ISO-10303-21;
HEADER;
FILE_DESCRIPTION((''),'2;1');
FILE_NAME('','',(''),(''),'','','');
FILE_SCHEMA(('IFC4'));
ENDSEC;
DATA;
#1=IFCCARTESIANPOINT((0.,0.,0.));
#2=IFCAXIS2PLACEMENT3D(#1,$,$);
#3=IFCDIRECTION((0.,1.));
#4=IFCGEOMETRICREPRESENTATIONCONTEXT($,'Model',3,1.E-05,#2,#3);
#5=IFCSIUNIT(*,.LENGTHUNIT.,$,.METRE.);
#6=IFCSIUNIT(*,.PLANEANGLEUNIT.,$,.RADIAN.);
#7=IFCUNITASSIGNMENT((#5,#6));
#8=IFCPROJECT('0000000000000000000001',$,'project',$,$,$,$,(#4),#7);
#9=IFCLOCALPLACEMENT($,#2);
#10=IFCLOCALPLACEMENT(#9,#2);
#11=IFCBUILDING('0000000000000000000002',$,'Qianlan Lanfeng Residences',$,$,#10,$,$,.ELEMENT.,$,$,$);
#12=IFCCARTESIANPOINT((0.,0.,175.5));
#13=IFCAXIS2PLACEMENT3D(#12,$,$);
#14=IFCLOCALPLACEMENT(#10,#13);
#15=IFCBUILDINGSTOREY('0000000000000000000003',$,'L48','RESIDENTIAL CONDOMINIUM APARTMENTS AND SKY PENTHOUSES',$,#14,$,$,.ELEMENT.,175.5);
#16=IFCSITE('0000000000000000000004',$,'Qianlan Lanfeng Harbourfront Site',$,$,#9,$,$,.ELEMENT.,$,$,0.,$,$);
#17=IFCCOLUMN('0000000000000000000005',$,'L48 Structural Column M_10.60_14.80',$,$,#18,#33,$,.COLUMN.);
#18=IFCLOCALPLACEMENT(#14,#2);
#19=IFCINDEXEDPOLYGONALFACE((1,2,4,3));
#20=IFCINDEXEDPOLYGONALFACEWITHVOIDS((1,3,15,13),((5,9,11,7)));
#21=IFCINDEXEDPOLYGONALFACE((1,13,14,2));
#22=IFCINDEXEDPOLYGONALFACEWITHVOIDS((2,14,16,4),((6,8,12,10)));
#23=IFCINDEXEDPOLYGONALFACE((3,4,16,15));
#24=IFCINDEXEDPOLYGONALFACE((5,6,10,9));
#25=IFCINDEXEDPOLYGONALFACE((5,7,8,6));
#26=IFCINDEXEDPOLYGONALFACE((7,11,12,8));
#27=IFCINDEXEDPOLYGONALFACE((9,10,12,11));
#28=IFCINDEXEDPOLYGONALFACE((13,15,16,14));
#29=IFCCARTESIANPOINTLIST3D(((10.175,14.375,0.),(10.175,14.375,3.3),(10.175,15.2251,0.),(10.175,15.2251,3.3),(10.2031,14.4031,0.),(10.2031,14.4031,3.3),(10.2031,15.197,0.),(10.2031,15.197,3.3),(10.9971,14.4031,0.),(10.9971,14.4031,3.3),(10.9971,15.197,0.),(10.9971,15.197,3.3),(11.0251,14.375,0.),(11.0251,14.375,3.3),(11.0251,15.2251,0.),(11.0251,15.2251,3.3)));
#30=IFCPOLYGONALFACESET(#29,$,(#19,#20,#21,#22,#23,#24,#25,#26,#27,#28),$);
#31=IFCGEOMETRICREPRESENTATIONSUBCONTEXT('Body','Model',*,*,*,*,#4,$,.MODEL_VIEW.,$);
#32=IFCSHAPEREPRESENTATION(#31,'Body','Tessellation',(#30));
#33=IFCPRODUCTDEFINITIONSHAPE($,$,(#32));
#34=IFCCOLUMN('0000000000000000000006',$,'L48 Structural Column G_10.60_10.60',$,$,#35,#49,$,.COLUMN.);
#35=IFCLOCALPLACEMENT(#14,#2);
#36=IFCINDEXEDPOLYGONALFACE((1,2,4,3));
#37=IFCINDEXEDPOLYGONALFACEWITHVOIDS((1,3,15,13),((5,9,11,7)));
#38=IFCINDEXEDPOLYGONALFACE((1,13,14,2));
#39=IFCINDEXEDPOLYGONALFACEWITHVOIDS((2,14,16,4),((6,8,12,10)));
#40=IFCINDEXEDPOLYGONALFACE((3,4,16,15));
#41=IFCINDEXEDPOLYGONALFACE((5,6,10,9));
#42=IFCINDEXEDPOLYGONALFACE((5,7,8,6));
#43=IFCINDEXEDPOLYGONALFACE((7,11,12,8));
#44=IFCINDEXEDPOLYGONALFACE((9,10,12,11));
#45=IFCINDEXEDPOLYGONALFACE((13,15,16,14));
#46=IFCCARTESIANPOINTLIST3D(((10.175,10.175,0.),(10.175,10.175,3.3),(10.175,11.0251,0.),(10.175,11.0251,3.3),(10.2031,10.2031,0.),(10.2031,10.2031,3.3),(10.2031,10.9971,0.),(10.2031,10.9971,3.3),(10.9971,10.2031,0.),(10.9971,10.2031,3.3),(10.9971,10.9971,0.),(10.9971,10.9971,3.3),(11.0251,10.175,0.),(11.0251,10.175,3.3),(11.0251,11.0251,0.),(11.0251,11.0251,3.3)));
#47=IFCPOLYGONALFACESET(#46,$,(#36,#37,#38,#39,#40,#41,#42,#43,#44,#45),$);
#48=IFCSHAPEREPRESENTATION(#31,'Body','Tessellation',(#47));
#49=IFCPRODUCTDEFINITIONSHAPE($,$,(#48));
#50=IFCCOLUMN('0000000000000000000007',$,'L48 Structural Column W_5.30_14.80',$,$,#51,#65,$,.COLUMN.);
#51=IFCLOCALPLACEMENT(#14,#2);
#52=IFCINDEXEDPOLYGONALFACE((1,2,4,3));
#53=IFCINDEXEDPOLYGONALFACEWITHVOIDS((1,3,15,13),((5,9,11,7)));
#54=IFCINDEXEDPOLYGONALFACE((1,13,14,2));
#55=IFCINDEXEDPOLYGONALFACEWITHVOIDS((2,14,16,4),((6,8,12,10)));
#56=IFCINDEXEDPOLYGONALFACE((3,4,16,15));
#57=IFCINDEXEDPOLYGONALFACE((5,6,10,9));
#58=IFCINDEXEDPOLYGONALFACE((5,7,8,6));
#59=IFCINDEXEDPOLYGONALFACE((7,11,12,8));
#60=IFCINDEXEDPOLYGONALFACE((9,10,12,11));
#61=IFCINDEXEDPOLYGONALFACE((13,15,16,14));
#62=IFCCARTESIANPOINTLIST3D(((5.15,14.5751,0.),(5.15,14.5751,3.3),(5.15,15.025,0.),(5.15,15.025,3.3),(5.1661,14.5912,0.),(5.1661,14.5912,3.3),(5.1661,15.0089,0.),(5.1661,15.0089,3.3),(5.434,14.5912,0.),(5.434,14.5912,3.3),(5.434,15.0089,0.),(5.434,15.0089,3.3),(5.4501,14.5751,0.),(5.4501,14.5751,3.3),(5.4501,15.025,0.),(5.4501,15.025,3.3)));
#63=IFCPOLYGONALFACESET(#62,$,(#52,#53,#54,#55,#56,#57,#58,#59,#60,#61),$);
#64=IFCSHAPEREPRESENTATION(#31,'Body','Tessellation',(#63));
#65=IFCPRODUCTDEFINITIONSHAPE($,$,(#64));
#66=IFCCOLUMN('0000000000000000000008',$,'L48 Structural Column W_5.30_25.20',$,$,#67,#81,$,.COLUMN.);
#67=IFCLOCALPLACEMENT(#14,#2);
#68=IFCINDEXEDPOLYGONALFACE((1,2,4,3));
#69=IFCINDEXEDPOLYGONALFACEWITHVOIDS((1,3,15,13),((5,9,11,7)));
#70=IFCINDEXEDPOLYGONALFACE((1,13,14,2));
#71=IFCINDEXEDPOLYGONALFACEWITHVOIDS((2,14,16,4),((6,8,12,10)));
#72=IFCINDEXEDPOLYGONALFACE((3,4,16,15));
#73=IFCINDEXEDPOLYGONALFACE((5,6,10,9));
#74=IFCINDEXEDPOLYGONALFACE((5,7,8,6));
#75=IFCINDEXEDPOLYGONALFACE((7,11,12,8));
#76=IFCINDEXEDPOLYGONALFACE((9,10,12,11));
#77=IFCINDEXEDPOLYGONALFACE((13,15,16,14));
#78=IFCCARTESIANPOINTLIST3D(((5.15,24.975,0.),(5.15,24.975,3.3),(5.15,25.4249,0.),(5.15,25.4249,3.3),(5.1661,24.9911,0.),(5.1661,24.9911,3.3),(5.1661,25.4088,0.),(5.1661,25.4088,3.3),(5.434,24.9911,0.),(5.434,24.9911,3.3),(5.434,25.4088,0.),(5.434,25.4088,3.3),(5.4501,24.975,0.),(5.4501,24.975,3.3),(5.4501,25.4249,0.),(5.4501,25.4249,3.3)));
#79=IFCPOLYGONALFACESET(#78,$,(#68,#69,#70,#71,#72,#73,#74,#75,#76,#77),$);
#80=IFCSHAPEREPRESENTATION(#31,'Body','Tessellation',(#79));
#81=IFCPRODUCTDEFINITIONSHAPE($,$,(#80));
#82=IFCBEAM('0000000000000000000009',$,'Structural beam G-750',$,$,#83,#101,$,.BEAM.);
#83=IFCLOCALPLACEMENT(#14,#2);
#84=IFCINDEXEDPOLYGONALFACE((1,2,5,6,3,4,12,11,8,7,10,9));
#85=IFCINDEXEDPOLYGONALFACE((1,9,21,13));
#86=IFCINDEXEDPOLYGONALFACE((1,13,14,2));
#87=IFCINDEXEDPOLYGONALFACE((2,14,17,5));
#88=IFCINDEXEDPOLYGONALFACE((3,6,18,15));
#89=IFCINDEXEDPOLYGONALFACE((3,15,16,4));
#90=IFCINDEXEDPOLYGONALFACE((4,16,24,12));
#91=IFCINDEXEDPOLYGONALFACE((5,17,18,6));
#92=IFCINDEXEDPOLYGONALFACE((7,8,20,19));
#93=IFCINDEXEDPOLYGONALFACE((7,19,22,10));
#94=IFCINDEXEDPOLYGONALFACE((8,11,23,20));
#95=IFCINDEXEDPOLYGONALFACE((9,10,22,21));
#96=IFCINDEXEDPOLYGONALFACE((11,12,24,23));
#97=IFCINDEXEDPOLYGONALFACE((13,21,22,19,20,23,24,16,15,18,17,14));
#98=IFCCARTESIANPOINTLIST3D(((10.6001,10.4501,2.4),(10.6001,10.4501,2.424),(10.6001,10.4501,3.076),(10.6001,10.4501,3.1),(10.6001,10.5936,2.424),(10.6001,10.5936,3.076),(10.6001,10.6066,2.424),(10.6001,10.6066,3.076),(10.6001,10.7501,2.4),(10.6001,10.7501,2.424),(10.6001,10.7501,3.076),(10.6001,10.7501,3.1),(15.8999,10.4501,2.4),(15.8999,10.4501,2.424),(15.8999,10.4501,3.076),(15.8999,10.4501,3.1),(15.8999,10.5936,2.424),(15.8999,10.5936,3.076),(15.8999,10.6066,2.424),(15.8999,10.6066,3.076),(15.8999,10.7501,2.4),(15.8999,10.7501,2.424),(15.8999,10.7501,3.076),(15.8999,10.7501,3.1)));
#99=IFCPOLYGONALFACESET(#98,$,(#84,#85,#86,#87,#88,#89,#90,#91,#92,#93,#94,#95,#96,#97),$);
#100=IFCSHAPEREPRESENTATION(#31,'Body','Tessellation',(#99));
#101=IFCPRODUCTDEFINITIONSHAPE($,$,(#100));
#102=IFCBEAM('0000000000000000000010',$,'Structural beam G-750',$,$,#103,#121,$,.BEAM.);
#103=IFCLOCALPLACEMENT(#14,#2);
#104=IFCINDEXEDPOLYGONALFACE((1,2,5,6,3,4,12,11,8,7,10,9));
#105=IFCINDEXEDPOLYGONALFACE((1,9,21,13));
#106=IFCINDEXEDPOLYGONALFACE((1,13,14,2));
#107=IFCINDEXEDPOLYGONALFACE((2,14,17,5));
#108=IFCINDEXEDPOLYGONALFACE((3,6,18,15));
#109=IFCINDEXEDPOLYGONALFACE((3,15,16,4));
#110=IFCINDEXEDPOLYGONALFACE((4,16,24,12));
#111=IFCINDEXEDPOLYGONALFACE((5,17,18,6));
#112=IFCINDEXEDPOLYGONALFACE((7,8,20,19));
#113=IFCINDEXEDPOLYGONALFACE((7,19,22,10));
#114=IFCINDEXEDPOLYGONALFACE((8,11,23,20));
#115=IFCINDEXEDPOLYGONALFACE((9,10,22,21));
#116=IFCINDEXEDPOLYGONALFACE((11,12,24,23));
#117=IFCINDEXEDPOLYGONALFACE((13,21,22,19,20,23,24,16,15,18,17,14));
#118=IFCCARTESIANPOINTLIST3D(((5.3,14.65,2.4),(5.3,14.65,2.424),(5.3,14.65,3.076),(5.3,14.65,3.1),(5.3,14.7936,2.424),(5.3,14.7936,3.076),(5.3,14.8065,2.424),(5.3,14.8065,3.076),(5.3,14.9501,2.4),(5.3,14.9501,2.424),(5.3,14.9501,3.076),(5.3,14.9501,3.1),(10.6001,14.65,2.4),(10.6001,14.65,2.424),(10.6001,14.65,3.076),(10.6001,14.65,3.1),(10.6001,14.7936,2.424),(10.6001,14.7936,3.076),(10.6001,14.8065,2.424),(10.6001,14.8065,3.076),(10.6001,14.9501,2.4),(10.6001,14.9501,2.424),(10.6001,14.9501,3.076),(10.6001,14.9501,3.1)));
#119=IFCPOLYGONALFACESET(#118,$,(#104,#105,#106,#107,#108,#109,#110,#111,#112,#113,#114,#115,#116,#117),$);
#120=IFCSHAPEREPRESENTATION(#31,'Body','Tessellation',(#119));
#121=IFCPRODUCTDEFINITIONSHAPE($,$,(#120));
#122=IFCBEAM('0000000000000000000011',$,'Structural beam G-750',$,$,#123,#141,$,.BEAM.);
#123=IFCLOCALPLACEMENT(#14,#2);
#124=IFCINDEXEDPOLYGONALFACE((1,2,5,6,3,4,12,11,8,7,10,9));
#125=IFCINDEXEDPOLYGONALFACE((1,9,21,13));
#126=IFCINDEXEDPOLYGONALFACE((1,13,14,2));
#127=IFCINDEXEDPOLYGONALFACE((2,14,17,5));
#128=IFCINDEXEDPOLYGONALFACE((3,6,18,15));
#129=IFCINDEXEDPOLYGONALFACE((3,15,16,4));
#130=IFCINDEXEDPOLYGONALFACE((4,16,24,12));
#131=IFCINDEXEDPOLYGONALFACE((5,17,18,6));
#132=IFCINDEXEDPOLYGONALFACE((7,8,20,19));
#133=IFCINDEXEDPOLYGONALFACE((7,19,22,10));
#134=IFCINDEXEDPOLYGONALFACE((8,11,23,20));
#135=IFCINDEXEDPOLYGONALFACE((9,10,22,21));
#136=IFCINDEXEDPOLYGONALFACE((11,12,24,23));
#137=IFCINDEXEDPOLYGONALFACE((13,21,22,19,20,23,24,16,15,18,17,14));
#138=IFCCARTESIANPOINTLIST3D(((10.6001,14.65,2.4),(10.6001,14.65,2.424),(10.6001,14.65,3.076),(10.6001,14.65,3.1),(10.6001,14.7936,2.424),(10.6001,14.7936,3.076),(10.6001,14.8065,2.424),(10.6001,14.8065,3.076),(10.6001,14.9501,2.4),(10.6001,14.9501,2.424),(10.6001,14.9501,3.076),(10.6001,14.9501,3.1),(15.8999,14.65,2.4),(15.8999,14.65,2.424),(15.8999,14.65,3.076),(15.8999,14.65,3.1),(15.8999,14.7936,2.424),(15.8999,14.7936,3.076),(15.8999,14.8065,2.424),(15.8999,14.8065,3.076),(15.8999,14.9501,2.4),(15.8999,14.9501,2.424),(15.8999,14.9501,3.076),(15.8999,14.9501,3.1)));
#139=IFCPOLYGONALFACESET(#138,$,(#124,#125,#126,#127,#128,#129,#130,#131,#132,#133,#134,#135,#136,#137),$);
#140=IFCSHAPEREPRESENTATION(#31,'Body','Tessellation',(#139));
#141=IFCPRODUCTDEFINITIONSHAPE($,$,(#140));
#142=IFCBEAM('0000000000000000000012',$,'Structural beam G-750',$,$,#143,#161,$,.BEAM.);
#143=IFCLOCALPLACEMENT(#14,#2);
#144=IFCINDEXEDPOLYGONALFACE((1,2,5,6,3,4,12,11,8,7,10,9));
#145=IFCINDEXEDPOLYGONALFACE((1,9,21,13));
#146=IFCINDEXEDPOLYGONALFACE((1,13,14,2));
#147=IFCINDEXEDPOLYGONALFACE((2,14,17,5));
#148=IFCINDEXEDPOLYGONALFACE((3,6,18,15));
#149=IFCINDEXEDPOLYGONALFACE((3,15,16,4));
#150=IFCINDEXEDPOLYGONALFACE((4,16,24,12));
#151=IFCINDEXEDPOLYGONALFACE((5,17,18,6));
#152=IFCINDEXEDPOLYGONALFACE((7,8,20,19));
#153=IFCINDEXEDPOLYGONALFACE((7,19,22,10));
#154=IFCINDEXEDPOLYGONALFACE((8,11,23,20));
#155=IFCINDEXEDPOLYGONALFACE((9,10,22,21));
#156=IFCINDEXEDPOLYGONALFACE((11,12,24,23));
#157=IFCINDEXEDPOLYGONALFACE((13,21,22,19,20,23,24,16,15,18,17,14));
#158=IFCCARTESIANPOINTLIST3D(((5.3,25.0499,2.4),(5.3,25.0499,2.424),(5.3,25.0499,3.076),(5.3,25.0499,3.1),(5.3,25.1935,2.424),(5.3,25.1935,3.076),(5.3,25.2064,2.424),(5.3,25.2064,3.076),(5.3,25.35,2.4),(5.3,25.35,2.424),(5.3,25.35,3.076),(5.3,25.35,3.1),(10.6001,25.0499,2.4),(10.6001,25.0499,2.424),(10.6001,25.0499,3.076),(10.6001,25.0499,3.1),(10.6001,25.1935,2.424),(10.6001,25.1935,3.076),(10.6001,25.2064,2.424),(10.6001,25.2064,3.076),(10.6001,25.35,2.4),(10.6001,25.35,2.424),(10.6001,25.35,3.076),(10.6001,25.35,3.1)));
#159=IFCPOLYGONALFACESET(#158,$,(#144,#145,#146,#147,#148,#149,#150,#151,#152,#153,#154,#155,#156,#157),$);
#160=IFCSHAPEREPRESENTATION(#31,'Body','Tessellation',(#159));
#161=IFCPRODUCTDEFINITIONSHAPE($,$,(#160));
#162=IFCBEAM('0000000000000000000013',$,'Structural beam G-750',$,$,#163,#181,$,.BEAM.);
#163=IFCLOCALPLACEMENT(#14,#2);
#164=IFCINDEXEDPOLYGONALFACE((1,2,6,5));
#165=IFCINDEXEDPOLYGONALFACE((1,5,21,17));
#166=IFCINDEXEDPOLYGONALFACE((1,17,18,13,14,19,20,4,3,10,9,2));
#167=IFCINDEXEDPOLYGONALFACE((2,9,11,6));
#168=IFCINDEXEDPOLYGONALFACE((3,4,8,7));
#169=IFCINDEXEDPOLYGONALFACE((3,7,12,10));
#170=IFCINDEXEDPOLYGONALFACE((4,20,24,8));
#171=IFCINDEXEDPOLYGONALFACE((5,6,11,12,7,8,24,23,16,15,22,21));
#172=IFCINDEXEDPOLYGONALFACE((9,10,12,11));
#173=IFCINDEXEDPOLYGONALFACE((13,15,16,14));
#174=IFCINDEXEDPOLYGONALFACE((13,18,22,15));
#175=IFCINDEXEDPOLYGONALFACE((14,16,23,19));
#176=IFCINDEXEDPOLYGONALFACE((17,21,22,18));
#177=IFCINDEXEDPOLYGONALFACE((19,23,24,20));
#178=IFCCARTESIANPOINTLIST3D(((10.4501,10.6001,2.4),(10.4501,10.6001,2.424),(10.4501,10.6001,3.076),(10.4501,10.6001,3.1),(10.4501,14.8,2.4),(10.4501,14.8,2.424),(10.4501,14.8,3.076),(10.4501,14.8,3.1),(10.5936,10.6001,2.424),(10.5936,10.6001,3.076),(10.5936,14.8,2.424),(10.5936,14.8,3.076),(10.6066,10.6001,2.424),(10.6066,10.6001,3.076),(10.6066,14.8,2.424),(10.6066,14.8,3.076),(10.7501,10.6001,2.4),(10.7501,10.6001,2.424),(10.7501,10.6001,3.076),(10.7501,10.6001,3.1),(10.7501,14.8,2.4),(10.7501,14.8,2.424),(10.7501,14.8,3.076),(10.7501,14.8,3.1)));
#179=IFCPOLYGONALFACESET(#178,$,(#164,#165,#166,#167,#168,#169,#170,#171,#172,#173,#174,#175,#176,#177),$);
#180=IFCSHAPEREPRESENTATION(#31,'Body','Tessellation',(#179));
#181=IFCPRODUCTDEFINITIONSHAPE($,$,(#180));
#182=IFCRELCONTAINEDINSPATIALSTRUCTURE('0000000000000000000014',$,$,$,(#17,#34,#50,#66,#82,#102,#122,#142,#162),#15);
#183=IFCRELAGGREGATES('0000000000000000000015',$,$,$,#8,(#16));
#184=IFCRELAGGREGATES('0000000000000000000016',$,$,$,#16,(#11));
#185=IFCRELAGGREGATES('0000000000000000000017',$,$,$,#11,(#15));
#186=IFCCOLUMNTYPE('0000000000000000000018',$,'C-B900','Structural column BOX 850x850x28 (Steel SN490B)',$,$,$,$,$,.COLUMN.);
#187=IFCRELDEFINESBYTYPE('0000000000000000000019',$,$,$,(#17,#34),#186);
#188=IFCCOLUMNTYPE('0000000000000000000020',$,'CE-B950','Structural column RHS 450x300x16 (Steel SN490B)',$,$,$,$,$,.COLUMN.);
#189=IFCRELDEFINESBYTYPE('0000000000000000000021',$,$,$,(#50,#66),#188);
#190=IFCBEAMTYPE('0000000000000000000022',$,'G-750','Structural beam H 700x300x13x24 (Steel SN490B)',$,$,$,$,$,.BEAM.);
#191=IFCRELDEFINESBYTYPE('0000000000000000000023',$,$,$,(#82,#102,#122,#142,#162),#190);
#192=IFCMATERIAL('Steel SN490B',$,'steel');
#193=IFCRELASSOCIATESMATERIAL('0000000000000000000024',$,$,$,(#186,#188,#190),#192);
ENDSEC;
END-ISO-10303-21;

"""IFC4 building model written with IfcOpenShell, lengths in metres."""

from ifc_helpers import new_model, si_unit, direction, frame, origin, origin_2d, place, context, subcontext, project, spatial, hollow_rectangle, i_section, extrude, material, material_profile, profile_set, type_object, element, save


model = new_model("IFC4")

# Units and contexts
model_context = context("Model", 3, precision=1e-05, world=origin(), true_north=direction((0.0, 1.0)))
body_context = subcontext(model_context, "Body", "Model", "MODEL_VIEW")
ifc_project = project(units=[si_unit("LENGTHUNIT", "METRE"), si_unit("PLANEANGLEUNIT", "RADIAN")], contexts=[model_context])

# Site, building, storey
site_placement = place(None, origin())
site = spatial("IfcSite", under=ifc_project, at=site_placement, Name="Qianlan Lanfeng Harbourfront Site", CompositionType="ELEMENT", RefElevation=0.0)
building_placement = place(site_placement, origin())
building = spatial("IfcBuilding", under=site, at=building_placement, Name="Qianlan Lanfeng Residences", CompositionType="ELEMENT")
storey_placement = place(building_placement, frame((0.0, 0.0, 175.5)))
storey = spatial("IfcBuildingStorey", under=building, at=storey_placement, Name="L48", Description="RESIDENTIAL CONDOMINIUM APARTMENTS AND SKY PENTHOUSES", CompositionType="ELEMENT", Elevation=175.5)

# Columns
ifc_material_1 = material(Name="Steel SN490B", Category="steel")
ifc_material_profile_1 = material_profile(ifc_material_1, hollow_rectangle(XDim=0.8501, YDim=0.8501, WallThickness=0.0281, at=origin_2d()), Name="BOX 850x850x28")
ifc_profile_set_1 = profile_set([ifc_material_profile_1], Name="Steel SN490B")
column_type_1 = type_object("IfcColumnType", Name="C-B900", Description="Structural column BOX 850x850x28 (Steel SN490B)", PredefinedType="COLUMN", material=ifc_profile_set_1)
for number, where, z_axis, x_axis, name in (
    (1, (10.6001, 14.8, 0.0), (0.0, 0.0, 1.0), (1.0, 0.0, 0.0), "L48 Structural Column M_10.60_14.80"),
    (2, (10.6001, 10.6001, 0.0), (0.0, 0.0, 1.0), (1.0, 0.0, 0.0), "L48 Structural Column G_10.60_10.60"),
):
    element("IfcColumn", number, at=place(storey_placement, frame(where, z_axis=z_axis, x_axis=x_axis)), inside=storey, type_object=column_type_1, Name=name, PredefinedType="COLUMN", context=body_context, shape_type="SweptSolid", body=[
        extrude(hollow_rectangle(XDim=0.8501, YDim=0.8501, WallThickness=0.0281, at=origin_2d()), origin(), (0.0, 0.0, 1.0), 3.3),
    ])
ifc_material_profile_2 = material_profile(ifc_material_1, hollow_rectangle(XDim=0.3, YDim=0.45, WallThickness=0.0161, at=origin_2d()), Name="RHS 450x300x16")
ifc_profile_set_2 = profile_set([ifc_material_profile_2], Name="Steel SN490B")
column_type_2 = type_object("IfcColumnType", Name="CE-B950", Description="Structural column RHS 450x300x16 (Steel SN490B)", PredefinedType="COLUMN", material=ifc_profile_set_2)
for number, where, z_axis, x_axis, name in (
    (3, (5.3, 14.8, 0.0), (0.0, 0.0, 1.0), (1.0, 0.0, 0.0), "L48 Structural Column W_5.30_14.80"),
    (4, (5.3, 25.2, 0.0), (0.0, 0.0, 1.0), (1.0, 0.0, 0.0), "L48 Structural Column W_5.30_25.20"),
):
    element("IfcColumn", number, at=place(storey_placement, frame(where, z_axis=z_axis, x_axis=x_axis)), inside=storey, type_object=column_type_2, Name=name, PredefinedType="COLUMN", context=body_context, shape_type="SweptSolid", body=[
        extrude(hollow_rectangle(XDim=0.3, YDim=0.45, WallThickness=0.0161, at=origin_2d()), origin(), (0.0, 0.0, 1.0), 3.3),
    ])

# Beams
ifc_material_profile_3 = material_profile(ifc_material_1, i_section(OverallWidth=0.3, OverallDepth=0.7, WebThickness=0.0129, FlangeThickness=0.0239, at=origin_2d()), Name="H 700x300x13x24")
ifc_profile_set_3 = profile_set([ifc_material_profile_3], Name="Steel SN490B")
beam_type_1 = type_object("IfcBeamType", Name="G-750", Description="Structural beam H 700x300x13x24 (Steel SN490B)", PredefinedType="BEAM", material=ifc_profile_set_3)
beam_1_placement = place(storey_placement, frame((10.6001, 10.6001, 2.75), z_axis=(1.0, 0.0, 0.0), x_axis=(0.0, 1.0, 0.0)))
element("IfcBeam", 5, at=beam_1_placement, inside=storey, type_object=beam_type_1, Name="Structural beam G-750", PredefinedType="BEAM", context=body_context, shape_type="SweptSolid", body=[
    extrude(i_section(OverallWidth=0.3, OverallDepth=0.7, WebThickness=0.0129, FlangeThickness=0.0239, at=origin_2d()), origin(), (0.0, 0.0, 1.0), 5.2998),
])
beam_2_placement = place(storey_placement, frame((5.3, 14.8, 2.75), z_axis=(1.0, 0.0, 0.0), x_axis=(0.0, 1.0, 0.0)))
element("IfcBeam", 6, at=beam_2_placement, inside=storey, type_object=beam_type_1, Name="Structural beam G-750", PredefinedType="BEAM", context=body_context, shape_type="SweptSolid", body=[
    extrude(i_section(OverallWidth=0.3, OverallDepth=0.7, WebThickness=0.0129, FlangeThickness=0.0239, at=origin_2d()), origin(), (0.0, 0.0, 1.0), 5.3),
])
beam_3_placement = place(storey_placement, frame((10.6001, 14.8, 2.75), z_axis=(1.0, 0.0, 0.0), x_axis=(0.0, 1.0, 0.0)))
element("IfcBeam", 7, at=beam_3_placement, inside=storey, type_object=beam_type_1, Name="Structural beam G-750", PredefinedType="BEAM", context=body_context, shape_type="SweptSolid", body=[
    extrude(i_section(OverallWidth=0.3, OverallDepth=0.7, WebThickness=0.0129, FlangeThickness=0.0239, at=origin_2d()), origin(), (0.0, 0.0, 1.0), 5.2998),
])
beam_4_placement = place(storey_placement, frame((5.3, 25.2, 2.75), z_axis=(1.0, 0.0, 0.0), x_axis=(0.0, 1.0, 0.0)))
element("IfcBeam", 8, at=beam_4_placement, inside=storey, type_object=beam_type_1, Name="Structural beam G-750", PredefinedType="BEAM", context=body_context, shape_type="SweptSolid", body=[
    extrude(i_section(OverallWidth=0.3, OverallDepth=0.7, WebThickness=0.0129, FlangeThickness=0.0239, at=origin_2d()), origin(), (0.0, 0.0, 1.0), 5.3),
])
beam_5_placement = place(storey_placement, frame((10.6001, 10.6001, 2.75), z_axis=(0.0, 1.0, 0.0), x_axis=(-1.0, 0.0, 0.0)))
element("IfcBeam", 9, at=beam_5_placement, inside=storey, type_object=beam_type_1, Name="Structural beam G-750", PredefinedType="BEAM", context=body_context, shape_type="SweptSolid", body=[
    extrude(i_section(OverallWidth=0.3, OverallDepth=0.7, WebThickness=0.0129, FlangeThickness=0.0239, at=origin_2d()), origin(), (0.0, 0.0, 1.0), 4.2),
])

save(model, "model.ifc")
